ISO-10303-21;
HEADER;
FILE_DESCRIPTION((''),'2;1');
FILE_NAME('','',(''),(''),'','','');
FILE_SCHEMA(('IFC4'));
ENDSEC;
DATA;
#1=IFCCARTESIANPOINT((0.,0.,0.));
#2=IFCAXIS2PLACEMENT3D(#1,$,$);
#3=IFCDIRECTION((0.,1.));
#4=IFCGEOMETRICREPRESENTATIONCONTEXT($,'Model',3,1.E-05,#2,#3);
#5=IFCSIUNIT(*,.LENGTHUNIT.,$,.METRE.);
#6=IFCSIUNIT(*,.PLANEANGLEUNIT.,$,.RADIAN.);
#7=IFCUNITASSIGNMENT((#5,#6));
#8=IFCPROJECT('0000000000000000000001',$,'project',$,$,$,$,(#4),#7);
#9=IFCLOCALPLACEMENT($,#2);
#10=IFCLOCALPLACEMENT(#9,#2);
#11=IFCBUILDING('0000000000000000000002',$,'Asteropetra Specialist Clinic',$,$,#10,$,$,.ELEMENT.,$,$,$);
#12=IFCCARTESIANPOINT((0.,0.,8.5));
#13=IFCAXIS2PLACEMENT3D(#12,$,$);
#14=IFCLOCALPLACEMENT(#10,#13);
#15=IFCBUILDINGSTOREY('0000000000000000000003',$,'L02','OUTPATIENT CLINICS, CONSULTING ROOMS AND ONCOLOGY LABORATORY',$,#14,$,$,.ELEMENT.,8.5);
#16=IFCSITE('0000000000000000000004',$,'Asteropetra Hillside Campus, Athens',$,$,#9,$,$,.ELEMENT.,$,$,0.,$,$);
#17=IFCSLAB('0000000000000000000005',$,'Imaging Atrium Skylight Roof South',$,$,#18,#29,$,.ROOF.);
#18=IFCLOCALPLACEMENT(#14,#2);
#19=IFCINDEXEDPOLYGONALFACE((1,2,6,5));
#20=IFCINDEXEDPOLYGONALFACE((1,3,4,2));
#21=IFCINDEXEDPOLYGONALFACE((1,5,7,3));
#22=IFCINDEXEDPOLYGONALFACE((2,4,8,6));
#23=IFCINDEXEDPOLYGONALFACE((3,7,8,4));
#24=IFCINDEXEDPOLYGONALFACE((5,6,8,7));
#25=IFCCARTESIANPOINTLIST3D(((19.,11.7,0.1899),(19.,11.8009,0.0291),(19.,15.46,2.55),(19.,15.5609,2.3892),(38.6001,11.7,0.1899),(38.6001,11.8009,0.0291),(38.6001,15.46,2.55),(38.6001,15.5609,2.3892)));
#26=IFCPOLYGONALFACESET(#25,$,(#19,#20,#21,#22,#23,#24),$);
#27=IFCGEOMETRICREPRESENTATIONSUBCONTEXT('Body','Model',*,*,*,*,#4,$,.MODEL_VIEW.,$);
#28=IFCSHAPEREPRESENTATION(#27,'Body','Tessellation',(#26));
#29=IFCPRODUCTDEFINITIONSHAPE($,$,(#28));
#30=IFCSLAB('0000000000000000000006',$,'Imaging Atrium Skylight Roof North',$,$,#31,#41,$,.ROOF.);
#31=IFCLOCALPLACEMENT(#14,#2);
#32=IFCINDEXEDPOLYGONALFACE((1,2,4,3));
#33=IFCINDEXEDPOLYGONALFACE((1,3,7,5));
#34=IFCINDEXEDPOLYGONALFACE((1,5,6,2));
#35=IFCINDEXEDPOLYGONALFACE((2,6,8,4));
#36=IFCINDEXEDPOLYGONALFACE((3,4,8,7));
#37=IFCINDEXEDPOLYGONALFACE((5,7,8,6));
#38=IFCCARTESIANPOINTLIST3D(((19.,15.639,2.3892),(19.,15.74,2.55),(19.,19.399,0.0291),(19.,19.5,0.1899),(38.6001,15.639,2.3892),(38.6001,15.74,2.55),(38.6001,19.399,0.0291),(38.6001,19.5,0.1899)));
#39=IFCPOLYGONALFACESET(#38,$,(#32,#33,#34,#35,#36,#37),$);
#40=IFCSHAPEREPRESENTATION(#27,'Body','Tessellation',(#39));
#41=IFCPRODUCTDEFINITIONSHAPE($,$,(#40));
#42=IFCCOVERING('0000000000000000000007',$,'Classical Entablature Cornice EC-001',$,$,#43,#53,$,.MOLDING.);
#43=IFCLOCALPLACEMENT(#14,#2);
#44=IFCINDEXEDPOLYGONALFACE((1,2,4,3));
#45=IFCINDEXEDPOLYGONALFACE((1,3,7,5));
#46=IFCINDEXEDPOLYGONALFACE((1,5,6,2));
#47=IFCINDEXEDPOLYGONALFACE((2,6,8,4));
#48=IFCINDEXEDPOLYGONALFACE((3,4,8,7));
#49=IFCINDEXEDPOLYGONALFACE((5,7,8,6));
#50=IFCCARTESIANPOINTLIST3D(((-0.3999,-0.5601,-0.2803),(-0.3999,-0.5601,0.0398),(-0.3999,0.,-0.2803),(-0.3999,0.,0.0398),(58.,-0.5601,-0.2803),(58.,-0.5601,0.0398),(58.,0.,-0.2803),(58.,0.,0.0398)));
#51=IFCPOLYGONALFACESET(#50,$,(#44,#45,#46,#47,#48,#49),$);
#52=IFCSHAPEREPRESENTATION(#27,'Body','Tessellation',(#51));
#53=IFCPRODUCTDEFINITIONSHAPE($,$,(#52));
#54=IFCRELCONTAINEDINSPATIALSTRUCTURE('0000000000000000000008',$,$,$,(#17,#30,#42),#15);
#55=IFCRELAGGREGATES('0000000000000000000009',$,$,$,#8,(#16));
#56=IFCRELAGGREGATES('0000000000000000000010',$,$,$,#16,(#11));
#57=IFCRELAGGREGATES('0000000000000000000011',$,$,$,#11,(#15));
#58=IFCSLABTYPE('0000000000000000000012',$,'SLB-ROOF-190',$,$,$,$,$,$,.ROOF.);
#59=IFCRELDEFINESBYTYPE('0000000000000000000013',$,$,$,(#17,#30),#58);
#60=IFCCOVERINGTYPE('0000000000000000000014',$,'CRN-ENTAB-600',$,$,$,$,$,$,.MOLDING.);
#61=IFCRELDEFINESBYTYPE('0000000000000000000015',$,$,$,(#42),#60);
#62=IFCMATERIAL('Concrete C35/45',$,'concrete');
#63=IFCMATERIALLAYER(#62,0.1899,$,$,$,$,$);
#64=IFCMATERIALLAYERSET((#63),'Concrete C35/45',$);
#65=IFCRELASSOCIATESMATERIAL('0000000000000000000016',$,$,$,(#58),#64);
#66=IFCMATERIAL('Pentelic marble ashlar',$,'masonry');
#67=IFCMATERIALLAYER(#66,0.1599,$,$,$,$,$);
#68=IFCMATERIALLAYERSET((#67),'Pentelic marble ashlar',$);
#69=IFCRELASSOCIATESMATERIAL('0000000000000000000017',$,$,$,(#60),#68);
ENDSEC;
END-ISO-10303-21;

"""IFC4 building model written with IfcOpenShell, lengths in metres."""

from ifc_helpers import new_model, si_unit, direction, frame, origin, origin_2d, place, context, subcontext, project, spatial, polyline, rectangle, outline, extrude, material, layer, layer_set, type_object, element, save


model = new_model("IFC4")

# Units and contexts
model_context = context("Model", 3, precision=1e-05, world=origin(), true_north=direction((0.0, 1.0)))
body_context = subcontext(model_context, "Body", "Model", "MODEL_VIEW")
ifc_project = project(units=[si_unit("LENGTHUNIT", "METRE"), si_unit("PLANEANGLEUNIT", "RADIAN")], contexts=[model_context])

# Site, building, storey
site_placement = place(None, origin())
site = spatial("IfcSite", under=ifc_project, at=site_placement, Name="Asteropetra Hillside Campus, Athens", CompositionType="ELEMENT", RefElevation=0.0)
building_placement = place(site_placement, origin())
building = spatial("IfcBuilding", under=site, at=building_placement, Name="Asteropetra Specialist Clinic", CompositionType="ELEMENT")
storey_placement = place(building_placement, frame((0.0, 0.0, 8.5)))
storey = spatial("IfcBuildingStorey", under=building, at=storey_placement, Name="L02", Description="OUTPATIENT CLINICS, CONSULTING ROOMS AND ONCOLOGY LABORATORY", CompositionType="ELEMENT", Elevation=8.5)

# Slabs
ifc_material_1 = material(Name="Concrete C35/45", Category="concrete")
ifc_layer_1 = layer(ifc_material_1, 0.1899)
ifc_layer_set_1 = layer_set([ifc_layer_1], Name="Concrete C35/45")
slab_type = type_object("IfcSlabType", Name="SLB-ROOF-190", PredefinedType="ROOF", material=ifc_layer_set_1)
for number, where, z_axis, x_axis, name in (
    (1, (19.0, 11.7, 0.1899), (0.0, -0.531634, 0.846974), (1.0, 0.0, 0.0), "Imaging Atrium Skylight Roof South"),
    (2, (19.0, 15.74, 2.55), (0.0, 0.531634, 0.846974), (1.0, 0.0, 0.0), "Imaging Atrium Skylight Roof North"),
):
    element("IfcSlab", number, at=place(storey_placement, frame(where, z_axis=z_axis, x_axis=x_axis)), inside=storey, type_object=slab_type, Name=name, PredefinedType="ROOF", context=body_context, shape_type="SweptSolid", body=[
        extrude(outline(polyline([(0.0, 0.0), (19.6001, 0.0), (19.6001, 4.4393), (0.0, 4.4393), (0.0, 0.0)])), origin(), (0.0, 0.0, -1.0), 0.1899),
    ])

# Covering
ifc_material_2 = material(Name="Pentelic marble ashlar", Category="masonry")
ifc_layer_2 = layer(ifc_material_2, 0.1599)
ifc_layer_set_2 = layer_set([ifc_layer_2], Name="Pentelic marble ashlar")
covering_type = type_object("IfcCoveringType", Name="CRN-ENTAB-600", PredefinedType="MOLDING", material=ifc_layer_set_2)
covering_placement = place(storey_placement, frame((28.8, -0.28, -0.2803), z_axis=(0.0, 0.0, 1.0), x_axis=(1.0, 0.0, 0.0)))
element("IfcCovering", 3, at=covering_placement, inside=storey, type_object=covering_type, Name="Classical Entablature Cornice EC-001", PredefinedType="MOLDING", context=body_context, shape_type="SweptSolid", body=[
    extrude(rectangle(XDim=58.3999, YDim=0.5601, at=origin_2d()), origin(), (0.0, 0.0, 1.0), 0.3201),
])

save(model, "model.ifc")
